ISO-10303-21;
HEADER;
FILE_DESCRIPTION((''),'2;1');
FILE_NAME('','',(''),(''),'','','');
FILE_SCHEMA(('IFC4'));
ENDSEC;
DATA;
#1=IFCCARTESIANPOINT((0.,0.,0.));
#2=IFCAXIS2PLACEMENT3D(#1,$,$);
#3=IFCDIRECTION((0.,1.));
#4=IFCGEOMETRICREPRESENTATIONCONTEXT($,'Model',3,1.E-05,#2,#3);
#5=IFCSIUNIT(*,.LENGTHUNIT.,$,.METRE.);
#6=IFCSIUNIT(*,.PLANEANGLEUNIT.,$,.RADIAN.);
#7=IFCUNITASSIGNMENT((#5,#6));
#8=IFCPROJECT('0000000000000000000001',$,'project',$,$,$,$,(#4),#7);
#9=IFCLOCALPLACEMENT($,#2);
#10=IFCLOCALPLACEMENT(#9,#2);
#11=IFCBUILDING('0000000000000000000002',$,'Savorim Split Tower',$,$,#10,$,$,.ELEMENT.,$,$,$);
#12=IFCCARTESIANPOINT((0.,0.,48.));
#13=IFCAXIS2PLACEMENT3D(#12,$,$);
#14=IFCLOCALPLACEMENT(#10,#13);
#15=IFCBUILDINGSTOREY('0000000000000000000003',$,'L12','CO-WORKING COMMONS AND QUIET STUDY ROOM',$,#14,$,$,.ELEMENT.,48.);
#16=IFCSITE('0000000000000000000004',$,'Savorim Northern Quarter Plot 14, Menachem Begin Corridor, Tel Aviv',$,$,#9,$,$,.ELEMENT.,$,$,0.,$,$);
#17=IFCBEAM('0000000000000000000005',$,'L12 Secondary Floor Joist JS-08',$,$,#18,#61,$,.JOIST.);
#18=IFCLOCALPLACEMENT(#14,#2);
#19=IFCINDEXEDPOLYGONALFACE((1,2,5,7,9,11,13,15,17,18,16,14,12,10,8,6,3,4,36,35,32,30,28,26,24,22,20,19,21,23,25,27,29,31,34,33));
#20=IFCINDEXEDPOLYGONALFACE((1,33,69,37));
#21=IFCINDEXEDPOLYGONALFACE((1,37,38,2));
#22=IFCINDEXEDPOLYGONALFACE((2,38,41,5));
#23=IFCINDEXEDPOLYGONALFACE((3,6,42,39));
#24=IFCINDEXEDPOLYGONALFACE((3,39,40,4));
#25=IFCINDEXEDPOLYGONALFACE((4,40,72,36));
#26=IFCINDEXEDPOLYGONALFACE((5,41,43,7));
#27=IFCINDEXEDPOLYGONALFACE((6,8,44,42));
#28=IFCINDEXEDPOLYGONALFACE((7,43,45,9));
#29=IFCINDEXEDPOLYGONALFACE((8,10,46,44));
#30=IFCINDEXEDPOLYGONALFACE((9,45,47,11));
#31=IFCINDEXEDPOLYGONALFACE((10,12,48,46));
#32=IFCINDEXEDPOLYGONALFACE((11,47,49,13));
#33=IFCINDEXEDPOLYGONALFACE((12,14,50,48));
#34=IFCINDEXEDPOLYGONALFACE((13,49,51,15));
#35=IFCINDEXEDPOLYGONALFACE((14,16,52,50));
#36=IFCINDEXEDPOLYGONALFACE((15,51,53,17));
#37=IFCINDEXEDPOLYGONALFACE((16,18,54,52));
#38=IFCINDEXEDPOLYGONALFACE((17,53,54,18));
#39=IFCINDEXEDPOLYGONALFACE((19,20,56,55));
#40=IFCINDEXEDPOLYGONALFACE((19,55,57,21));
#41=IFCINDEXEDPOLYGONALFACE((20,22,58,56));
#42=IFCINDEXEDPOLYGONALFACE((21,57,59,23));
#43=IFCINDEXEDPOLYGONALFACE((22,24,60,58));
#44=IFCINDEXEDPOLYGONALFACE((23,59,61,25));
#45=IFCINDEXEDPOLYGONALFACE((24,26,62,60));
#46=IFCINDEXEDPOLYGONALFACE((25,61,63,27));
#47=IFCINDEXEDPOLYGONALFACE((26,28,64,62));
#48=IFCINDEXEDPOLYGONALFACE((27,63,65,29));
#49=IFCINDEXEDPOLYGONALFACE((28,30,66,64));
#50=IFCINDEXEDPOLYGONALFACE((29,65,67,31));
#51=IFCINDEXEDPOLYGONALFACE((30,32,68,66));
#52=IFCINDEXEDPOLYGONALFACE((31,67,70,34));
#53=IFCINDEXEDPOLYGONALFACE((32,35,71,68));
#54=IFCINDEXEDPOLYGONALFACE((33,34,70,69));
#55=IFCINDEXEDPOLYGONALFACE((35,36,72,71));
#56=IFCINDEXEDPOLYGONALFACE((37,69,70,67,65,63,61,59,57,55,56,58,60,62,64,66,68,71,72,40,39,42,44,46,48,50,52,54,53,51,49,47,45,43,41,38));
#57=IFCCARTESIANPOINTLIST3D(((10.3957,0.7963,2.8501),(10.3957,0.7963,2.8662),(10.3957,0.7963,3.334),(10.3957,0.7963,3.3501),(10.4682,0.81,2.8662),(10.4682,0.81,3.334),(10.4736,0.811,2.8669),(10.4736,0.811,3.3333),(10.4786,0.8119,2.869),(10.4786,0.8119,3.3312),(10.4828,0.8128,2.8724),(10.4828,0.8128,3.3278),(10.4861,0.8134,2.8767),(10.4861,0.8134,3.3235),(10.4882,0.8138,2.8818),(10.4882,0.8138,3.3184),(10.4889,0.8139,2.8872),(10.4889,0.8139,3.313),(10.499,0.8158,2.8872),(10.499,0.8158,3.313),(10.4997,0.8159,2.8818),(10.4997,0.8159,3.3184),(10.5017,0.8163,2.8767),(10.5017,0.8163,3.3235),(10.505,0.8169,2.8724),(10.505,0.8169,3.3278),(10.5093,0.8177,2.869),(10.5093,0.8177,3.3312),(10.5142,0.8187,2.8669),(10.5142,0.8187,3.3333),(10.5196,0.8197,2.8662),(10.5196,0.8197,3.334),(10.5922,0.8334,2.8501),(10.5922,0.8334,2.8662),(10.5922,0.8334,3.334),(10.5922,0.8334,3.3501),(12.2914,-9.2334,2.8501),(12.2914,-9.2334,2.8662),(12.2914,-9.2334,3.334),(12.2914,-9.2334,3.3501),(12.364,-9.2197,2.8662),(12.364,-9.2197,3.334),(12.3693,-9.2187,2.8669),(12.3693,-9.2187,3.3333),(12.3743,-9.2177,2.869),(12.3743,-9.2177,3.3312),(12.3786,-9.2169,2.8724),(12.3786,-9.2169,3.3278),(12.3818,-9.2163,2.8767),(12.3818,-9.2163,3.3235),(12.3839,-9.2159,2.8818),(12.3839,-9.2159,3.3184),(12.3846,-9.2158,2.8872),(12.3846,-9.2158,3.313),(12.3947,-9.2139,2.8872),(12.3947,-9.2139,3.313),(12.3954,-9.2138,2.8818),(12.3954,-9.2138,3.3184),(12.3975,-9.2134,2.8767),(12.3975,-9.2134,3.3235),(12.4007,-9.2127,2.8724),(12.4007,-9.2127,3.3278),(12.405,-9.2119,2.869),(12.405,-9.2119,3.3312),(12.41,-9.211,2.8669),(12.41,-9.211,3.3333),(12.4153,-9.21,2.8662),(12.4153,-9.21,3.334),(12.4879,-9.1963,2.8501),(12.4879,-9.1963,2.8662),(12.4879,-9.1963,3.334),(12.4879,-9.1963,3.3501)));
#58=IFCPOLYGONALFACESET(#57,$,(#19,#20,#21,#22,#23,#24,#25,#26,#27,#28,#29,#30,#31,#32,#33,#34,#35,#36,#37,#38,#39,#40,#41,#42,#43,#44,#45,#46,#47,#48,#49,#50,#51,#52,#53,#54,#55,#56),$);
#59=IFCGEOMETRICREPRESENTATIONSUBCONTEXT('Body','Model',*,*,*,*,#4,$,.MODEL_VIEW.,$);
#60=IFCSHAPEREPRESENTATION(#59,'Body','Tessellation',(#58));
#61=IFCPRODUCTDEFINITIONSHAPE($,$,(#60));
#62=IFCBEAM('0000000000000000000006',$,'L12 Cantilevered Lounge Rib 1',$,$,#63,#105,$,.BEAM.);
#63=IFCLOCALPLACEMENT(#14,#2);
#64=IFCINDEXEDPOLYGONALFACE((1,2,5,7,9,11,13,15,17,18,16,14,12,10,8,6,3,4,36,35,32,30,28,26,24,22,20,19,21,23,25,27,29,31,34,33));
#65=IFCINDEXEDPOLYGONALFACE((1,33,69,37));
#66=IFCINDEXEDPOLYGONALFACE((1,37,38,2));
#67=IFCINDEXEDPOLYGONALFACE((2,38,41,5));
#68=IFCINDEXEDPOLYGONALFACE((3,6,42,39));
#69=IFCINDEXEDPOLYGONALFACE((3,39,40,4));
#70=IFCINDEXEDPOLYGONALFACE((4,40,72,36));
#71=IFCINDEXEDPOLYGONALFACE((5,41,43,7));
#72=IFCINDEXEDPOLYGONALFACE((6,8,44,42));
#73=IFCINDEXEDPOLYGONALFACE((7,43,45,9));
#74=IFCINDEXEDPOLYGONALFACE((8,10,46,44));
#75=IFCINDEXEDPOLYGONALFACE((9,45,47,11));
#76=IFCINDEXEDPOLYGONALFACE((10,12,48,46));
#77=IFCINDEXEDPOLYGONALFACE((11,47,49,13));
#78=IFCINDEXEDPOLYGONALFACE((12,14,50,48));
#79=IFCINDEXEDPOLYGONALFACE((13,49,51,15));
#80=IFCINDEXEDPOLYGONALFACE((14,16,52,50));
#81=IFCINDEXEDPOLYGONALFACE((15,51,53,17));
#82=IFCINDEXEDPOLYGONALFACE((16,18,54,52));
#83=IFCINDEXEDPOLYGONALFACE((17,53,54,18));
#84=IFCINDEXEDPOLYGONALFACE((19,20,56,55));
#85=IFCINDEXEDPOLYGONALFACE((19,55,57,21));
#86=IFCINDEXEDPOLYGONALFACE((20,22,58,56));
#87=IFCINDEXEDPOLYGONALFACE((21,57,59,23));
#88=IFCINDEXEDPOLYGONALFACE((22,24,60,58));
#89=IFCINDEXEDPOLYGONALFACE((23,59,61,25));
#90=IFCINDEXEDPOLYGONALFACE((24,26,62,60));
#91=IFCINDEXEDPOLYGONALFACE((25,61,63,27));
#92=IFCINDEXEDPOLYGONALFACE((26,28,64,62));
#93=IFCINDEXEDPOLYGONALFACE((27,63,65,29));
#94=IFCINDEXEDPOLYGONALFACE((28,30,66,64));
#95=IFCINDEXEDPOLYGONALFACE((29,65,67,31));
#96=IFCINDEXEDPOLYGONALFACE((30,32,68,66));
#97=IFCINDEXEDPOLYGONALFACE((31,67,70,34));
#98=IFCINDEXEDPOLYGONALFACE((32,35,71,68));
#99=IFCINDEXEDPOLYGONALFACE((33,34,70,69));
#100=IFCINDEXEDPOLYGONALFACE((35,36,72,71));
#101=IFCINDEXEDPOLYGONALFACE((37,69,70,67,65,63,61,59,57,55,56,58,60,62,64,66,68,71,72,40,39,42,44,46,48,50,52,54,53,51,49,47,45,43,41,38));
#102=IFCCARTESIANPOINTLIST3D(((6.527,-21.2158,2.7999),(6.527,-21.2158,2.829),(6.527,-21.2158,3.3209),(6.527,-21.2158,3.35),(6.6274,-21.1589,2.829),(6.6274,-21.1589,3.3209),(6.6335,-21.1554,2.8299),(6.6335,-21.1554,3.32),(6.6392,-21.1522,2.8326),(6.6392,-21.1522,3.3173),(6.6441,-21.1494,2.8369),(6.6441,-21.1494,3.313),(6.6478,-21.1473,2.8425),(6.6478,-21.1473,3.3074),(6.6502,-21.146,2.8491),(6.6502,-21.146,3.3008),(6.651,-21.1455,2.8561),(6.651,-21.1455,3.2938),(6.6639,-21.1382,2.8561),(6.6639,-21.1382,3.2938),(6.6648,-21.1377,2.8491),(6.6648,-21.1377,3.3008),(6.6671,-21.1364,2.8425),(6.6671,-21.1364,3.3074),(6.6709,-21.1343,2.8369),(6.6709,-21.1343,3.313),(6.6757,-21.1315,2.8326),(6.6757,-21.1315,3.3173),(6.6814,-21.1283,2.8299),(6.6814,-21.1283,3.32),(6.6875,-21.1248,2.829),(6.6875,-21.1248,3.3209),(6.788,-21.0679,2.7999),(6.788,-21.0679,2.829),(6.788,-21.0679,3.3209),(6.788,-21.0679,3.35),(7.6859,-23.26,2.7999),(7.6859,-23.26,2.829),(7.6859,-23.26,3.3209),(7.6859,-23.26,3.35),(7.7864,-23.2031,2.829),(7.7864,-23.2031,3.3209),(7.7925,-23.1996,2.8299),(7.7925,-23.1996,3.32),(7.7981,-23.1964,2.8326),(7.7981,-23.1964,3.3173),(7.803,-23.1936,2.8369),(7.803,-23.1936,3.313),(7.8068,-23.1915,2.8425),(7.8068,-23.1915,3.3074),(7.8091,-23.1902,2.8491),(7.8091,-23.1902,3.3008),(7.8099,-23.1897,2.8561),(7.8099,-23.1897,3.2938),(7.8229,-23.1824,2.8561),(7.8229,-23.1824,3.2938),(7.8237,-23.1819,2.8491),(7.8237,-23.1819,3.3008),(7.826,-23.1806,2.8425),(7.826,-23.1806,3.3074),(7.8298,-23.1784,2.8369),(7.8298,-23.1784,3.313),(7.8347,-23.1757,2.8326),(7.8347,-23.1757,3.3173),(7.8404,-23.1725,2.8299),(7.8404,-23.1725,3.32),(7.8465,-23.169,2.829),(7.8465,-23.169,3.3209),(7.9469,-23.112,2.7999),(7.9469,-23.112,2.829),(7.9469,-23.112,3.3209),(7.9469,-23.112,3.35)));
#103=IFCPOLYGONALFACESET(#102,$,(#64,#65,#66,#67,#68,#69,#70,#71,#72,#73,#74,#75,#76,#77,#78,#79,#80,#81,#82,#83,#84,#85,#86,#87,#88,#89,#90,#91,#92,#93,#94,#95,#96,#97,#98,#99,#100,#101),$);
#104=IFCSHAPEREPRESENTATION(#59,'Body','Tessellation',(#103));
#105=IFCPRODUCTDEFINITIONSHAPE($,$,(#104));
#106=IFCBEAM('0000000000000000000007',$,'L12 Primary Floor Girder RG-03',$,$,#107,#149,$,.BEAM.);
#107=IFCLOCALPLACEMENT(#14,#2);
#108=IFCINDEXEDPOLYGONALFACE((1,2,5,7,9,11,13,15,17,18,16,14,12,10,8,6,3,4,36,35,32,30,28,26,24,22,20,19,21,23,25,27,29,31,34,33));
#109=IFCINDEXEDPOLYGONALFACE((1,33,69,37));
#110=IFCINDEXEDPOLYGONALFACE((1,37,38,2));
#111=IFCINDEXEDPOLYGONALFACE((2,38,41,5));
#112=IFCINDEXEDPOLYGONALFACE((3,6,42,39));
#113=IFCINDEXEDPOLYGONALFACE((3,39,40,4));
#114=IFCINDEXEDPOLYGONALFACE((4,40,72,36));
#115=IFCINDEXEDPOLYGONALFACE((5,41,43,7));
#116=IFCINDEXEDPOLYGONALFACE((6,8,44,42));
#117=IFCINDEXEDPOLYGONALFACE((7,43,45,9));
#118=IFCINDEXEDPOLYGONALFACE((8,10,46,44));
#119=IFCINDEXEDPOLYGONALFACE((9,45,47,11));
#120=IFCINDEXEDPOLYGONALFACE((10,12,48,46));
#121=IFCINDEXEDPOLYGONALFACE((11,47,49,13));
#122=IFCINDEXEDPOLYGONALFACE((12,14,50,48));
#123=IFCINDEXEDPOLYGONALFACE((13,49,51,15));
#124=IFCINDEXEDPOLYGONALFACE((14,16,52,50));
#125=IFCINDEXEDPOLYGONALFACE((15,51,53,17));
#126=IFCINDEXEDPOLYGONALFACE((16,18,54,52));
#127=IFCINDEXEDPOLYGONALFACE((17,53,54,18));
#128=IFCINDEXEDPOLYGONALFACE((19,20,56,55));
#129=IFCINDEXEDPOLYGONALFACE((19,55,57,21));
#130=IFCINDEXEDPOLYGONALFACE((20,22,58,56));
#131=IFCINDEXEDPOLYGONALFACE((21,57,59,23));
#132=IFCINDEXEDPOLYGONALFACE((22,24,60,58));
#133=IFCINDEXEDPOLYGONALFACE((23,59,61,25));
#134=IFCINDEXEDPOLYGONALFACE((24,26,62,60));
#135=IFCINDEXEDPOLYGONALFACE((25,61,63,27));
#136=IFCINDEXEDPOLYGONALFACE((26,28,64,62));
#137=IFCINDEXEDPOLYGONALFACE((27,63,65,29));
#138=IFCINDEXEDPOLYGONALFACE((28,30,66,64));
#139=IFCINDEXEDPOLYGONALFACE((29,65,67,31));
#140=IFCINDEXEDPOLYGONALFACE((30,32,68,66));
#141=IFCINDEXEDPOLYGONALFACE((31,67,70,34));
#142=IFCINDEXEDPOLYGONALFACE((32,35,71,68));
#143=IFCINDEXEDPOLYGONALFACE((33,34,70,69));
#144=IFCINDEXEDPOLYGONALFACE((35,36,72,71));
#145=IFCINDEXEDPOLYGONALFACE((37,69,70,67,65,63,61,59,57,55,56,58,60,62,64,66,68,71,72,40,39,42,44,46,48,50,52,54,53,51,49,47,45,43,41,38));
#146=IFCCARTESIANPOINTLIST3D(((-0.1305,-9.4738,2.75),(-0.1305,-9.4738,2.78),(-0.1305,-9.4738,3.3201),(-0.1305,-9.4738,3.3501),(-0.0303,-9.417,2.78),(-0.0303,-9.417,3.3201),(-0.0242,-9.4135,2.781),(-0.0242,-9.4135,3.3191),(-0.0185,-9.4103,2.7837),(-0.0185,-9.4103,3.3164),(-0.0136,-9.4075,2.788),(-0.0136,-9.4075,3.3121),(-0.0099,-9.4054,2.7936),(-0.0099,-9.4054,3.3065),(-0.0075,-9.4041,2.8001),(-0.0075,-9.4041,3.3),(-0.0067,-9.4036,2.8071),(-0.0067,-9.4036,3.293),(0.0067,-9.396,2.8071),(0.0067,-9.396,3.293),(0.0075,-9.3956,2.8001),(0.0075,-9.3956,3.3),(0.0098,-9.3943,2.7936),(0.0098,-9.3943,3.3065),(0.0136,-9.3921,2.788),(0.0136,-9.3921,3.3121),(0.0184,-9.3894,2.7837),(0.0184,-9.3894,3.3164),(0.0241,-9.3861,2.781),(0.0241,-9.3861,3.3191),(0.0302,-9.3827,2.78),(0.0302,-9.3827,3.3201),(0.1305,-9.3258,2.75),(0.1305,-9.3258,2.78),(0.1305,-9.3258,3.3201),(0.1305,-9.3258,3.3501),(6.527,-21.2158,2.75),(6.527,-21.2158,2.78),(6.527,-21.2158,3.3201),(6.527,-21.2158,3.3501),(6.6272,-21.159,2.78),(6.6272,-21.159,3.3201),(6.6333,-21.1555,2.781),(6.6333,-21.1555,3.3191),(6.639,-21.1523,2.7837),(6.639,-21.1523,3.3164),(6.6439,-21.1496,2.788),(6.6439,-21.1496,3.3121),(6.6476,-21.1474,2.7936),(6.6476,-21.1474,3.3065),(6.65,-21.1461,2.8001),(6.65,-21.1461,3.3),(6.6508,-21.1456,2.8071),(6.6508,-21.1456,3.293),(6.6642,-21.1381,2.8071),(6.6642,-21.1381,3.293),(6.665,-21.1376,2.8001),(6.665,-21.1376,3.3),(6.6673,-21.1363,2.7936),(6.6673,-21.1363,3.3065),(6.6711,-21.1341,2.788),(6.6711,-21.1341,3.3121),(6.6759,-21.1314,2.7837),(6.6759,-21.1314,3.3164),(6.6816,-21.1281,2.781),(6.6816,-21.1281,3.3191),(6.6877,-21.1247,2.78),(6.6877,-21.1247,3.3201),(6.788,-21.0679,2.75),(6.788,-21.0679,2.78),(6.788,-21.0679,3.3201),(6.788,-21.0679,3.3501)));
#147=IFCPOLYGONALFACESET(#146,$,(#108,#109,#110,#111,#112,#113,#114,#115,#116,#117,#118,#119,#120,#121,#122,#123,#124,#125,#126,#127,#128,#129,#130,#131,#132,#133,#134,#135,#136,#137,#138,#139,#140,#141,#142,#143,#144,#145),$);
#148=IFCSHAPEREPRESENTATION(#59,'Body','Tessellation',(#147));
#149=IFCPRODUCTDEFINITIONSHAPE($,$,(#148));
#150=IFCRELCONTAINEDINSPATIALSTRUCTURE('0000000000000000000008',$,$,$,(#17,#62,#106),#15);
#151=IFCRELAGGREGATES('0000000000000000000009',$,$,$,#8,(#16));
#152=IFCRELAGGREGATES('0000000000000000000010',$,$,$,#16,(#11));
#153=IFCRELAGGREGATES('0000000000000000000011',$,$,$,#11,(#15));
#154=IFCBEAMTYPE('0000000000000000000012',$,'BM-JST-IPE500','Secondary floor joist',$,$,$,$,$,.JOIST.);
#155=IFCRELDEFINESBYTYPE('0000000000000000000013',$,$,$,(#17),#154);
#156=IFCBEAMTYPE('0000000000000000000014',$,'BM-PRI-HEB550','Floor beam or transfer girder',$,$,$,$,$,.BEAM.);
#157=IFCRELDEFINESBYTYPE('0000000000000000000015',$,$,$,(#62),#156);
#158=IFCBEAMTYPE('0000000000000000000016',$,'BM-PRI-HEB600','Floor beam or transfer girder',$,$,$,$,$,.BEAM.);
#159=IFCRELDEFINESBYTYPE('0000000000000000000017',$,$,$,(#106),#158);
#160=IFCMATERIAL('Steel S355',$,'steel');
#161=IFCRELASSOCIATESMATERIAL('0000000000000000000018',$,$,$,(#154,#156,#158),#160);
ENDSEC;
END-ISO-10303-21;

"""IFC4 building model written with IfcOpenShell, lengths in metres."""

from ifc_helpers import new_model, si_unit, direction, frame, origin, origin_2d, place, context, subcontext, project, spatial, i_section, extrude, material, material_profile, profile_set, type_object, element, save


model = new_model("IFC4")

# Units and contexts
model_context = context("Model", 3, precision=1e-05, world=origin(), true_north=direction((0.0, 1.0)))
body_context = subcontext(model_context, "Body", "Model", "MODEL_VIEW")
ifc_project = project(units=[si_unit("LENGTHUNIT", "METRE"), si_unit("PLANEANGLEUNIT", "RADIAN")], contexts=[model_context])

# Site, building, storey
site_placement = place(None, origin())
site = spatial("IfcSite", under=ifc_project, at=site_placement, Name="Savorim Northern Quarter Plot 14, Menachem Begin Corridor, Tel Aviv", CompositionType="ELEMENT", RefElevation=0.0)
building_placement = place(site_placement, origin())
building = spatial("IfcBuilding", under=site, at=building_placement, Name="Savorim Split Tower", CompositionType="ELEMENT")
storey_placement = place(building_placement, frame((0.0, 0.0, 48.0)))
storey = spatial("IfcBuildingStorey", under=building, at=storey_placement, Name="L12", Description="CO-WORKING COMMONS AND QUIET STUDY ROOM", CompositionType="ELEMENT", Elevation=48.0)

# Beams
ifc_material_1 = material(Name="Steel S355", Category="steel")
ifc_material_profile_1 = material_profile(ifc_material_1, i_section(OverallWidth=0.2, OverallDepth=0.5, WebThickness=0.0103, FlangeThickness=0.0161, FilletRadius=0.021, at=origin_2d()), Name="IPE 500")
ifc_profile_set_1 = profile_set([ifc_material_profile_1], Name="Steel S355")
beam_type_1 = type_object("IfcBeamType", Name="BM-JST-IPE500", Description="Secondary floor joist", PredefinedType="JOIST", material=ifc_profile_set_1)
beam_1_placement = place(storey_placement, frame((12.3896, -9.2148, 3.1001), z_axis=(-0.185724, 0.982602, 0.0), x_axis=(-0.982602, -0.185724, 0.0)))
element("IfcBeam", 1, at=beam_1_placement, inside=storey, type_object=beam_type_1, Name="L12 Secondary Floor Joist JS-08", PredefinedType="JOIST", context=body_context, shape_type="SweptSolid", body=[
    extrude(i_section(OverallWidth=0.2, OverallDepth=0.5, WebThickness=0.0103, FlangeThickness=0.0161, FilletRadius=0.021, at=origin_2d()), origin(), (0.0, 0.0, 1.0), 10.2073),
])
ifc_material_profile_2 = material_profile(ifc_material_1, i_section(OverallWidth=0.3, OverallDepth=0.55, WebThickness=0.0149, FlangeThickness=0.0291, FilletRadius=0.0271, at=origin_2d()), Name="HEB 550")
ifc_profile_set_2 = profile_set([ifc_material_profile_2], Name="Steel S355")
beam_type_2 = type_object("IfcBeamType", Name="BM-PRI-HEB550", Description="Floor beam or transfer girder", PredefinedType="BEAM", material=ifc_profile_set_2)
beam_2_placement = place(storey_placement, frame((6.6575, -21.1418, 3.075), z_axis=(0.493193, -0.86992, 0.0), x_axis=(0.86992, 0.493193, 0.0)))
element("IfcBeam", 2, at=beam_2_placement, inside=storey, type_object=beam_type_2, Name="L12 Cantilevered Lounge Rib 1", PredefinedType="BEAM", context=body_context, shape_type="SweptSolid", body=[
    extrude(i_section(OverallWidth=0.3, OverallDepth=0.55, WebThickness=0.0149, FlangeThickness=0.0291, FilletRadius=0.0271, at=origin_2d()), origin(), (0.0, 0.0, 1.0), 2.3499),
])
ifc_material_profile_3 = material_profile(ifc_material_1, i_section(OverallWidth=0.3, OverallDepth=0.6001, WebThickness=0.0154, FlangeThickness=0.03, FilletRadius=0.0271, at=origin_2d()), Name="HEB 600")
ifc_profile_set_3 = profile_set([ifc_material_profile_3], Name="Steel S355")
beam_type_3 = type_object("IfcBeamType", Name="BM-PRI-HEB600", Description="Floor beam or transfer girder", PredefinedType="BEAM", material=ifc_profile_set_3)
beam_3_placement = place(storey_placement, frame((6.6575, -21.1418, 3.05), z_axis=(-0.49322, 0.869904, 0.0), x_axis=(-0.869904, -0.49322, 0.0)))
element("IfcBeam", 3, at=beam_3_placement, inside=storey, type_object=beam_type_3, Name="L12 Primary Floor Girder RG-03", PredefinedType="BEAM", context=body_context, shape_type="SweptSolid", body=[
    extrude(i_section(OverallWidth=0.3, OverallDepth=0.6001, WebThickness=0.0154, FlangeThickness=0.03, FilletRadius=0.0271, at=origin_2d()), origin(), (0.0, 0.0, 1.0), 13.498),
])

save(model, "model.ifc")
